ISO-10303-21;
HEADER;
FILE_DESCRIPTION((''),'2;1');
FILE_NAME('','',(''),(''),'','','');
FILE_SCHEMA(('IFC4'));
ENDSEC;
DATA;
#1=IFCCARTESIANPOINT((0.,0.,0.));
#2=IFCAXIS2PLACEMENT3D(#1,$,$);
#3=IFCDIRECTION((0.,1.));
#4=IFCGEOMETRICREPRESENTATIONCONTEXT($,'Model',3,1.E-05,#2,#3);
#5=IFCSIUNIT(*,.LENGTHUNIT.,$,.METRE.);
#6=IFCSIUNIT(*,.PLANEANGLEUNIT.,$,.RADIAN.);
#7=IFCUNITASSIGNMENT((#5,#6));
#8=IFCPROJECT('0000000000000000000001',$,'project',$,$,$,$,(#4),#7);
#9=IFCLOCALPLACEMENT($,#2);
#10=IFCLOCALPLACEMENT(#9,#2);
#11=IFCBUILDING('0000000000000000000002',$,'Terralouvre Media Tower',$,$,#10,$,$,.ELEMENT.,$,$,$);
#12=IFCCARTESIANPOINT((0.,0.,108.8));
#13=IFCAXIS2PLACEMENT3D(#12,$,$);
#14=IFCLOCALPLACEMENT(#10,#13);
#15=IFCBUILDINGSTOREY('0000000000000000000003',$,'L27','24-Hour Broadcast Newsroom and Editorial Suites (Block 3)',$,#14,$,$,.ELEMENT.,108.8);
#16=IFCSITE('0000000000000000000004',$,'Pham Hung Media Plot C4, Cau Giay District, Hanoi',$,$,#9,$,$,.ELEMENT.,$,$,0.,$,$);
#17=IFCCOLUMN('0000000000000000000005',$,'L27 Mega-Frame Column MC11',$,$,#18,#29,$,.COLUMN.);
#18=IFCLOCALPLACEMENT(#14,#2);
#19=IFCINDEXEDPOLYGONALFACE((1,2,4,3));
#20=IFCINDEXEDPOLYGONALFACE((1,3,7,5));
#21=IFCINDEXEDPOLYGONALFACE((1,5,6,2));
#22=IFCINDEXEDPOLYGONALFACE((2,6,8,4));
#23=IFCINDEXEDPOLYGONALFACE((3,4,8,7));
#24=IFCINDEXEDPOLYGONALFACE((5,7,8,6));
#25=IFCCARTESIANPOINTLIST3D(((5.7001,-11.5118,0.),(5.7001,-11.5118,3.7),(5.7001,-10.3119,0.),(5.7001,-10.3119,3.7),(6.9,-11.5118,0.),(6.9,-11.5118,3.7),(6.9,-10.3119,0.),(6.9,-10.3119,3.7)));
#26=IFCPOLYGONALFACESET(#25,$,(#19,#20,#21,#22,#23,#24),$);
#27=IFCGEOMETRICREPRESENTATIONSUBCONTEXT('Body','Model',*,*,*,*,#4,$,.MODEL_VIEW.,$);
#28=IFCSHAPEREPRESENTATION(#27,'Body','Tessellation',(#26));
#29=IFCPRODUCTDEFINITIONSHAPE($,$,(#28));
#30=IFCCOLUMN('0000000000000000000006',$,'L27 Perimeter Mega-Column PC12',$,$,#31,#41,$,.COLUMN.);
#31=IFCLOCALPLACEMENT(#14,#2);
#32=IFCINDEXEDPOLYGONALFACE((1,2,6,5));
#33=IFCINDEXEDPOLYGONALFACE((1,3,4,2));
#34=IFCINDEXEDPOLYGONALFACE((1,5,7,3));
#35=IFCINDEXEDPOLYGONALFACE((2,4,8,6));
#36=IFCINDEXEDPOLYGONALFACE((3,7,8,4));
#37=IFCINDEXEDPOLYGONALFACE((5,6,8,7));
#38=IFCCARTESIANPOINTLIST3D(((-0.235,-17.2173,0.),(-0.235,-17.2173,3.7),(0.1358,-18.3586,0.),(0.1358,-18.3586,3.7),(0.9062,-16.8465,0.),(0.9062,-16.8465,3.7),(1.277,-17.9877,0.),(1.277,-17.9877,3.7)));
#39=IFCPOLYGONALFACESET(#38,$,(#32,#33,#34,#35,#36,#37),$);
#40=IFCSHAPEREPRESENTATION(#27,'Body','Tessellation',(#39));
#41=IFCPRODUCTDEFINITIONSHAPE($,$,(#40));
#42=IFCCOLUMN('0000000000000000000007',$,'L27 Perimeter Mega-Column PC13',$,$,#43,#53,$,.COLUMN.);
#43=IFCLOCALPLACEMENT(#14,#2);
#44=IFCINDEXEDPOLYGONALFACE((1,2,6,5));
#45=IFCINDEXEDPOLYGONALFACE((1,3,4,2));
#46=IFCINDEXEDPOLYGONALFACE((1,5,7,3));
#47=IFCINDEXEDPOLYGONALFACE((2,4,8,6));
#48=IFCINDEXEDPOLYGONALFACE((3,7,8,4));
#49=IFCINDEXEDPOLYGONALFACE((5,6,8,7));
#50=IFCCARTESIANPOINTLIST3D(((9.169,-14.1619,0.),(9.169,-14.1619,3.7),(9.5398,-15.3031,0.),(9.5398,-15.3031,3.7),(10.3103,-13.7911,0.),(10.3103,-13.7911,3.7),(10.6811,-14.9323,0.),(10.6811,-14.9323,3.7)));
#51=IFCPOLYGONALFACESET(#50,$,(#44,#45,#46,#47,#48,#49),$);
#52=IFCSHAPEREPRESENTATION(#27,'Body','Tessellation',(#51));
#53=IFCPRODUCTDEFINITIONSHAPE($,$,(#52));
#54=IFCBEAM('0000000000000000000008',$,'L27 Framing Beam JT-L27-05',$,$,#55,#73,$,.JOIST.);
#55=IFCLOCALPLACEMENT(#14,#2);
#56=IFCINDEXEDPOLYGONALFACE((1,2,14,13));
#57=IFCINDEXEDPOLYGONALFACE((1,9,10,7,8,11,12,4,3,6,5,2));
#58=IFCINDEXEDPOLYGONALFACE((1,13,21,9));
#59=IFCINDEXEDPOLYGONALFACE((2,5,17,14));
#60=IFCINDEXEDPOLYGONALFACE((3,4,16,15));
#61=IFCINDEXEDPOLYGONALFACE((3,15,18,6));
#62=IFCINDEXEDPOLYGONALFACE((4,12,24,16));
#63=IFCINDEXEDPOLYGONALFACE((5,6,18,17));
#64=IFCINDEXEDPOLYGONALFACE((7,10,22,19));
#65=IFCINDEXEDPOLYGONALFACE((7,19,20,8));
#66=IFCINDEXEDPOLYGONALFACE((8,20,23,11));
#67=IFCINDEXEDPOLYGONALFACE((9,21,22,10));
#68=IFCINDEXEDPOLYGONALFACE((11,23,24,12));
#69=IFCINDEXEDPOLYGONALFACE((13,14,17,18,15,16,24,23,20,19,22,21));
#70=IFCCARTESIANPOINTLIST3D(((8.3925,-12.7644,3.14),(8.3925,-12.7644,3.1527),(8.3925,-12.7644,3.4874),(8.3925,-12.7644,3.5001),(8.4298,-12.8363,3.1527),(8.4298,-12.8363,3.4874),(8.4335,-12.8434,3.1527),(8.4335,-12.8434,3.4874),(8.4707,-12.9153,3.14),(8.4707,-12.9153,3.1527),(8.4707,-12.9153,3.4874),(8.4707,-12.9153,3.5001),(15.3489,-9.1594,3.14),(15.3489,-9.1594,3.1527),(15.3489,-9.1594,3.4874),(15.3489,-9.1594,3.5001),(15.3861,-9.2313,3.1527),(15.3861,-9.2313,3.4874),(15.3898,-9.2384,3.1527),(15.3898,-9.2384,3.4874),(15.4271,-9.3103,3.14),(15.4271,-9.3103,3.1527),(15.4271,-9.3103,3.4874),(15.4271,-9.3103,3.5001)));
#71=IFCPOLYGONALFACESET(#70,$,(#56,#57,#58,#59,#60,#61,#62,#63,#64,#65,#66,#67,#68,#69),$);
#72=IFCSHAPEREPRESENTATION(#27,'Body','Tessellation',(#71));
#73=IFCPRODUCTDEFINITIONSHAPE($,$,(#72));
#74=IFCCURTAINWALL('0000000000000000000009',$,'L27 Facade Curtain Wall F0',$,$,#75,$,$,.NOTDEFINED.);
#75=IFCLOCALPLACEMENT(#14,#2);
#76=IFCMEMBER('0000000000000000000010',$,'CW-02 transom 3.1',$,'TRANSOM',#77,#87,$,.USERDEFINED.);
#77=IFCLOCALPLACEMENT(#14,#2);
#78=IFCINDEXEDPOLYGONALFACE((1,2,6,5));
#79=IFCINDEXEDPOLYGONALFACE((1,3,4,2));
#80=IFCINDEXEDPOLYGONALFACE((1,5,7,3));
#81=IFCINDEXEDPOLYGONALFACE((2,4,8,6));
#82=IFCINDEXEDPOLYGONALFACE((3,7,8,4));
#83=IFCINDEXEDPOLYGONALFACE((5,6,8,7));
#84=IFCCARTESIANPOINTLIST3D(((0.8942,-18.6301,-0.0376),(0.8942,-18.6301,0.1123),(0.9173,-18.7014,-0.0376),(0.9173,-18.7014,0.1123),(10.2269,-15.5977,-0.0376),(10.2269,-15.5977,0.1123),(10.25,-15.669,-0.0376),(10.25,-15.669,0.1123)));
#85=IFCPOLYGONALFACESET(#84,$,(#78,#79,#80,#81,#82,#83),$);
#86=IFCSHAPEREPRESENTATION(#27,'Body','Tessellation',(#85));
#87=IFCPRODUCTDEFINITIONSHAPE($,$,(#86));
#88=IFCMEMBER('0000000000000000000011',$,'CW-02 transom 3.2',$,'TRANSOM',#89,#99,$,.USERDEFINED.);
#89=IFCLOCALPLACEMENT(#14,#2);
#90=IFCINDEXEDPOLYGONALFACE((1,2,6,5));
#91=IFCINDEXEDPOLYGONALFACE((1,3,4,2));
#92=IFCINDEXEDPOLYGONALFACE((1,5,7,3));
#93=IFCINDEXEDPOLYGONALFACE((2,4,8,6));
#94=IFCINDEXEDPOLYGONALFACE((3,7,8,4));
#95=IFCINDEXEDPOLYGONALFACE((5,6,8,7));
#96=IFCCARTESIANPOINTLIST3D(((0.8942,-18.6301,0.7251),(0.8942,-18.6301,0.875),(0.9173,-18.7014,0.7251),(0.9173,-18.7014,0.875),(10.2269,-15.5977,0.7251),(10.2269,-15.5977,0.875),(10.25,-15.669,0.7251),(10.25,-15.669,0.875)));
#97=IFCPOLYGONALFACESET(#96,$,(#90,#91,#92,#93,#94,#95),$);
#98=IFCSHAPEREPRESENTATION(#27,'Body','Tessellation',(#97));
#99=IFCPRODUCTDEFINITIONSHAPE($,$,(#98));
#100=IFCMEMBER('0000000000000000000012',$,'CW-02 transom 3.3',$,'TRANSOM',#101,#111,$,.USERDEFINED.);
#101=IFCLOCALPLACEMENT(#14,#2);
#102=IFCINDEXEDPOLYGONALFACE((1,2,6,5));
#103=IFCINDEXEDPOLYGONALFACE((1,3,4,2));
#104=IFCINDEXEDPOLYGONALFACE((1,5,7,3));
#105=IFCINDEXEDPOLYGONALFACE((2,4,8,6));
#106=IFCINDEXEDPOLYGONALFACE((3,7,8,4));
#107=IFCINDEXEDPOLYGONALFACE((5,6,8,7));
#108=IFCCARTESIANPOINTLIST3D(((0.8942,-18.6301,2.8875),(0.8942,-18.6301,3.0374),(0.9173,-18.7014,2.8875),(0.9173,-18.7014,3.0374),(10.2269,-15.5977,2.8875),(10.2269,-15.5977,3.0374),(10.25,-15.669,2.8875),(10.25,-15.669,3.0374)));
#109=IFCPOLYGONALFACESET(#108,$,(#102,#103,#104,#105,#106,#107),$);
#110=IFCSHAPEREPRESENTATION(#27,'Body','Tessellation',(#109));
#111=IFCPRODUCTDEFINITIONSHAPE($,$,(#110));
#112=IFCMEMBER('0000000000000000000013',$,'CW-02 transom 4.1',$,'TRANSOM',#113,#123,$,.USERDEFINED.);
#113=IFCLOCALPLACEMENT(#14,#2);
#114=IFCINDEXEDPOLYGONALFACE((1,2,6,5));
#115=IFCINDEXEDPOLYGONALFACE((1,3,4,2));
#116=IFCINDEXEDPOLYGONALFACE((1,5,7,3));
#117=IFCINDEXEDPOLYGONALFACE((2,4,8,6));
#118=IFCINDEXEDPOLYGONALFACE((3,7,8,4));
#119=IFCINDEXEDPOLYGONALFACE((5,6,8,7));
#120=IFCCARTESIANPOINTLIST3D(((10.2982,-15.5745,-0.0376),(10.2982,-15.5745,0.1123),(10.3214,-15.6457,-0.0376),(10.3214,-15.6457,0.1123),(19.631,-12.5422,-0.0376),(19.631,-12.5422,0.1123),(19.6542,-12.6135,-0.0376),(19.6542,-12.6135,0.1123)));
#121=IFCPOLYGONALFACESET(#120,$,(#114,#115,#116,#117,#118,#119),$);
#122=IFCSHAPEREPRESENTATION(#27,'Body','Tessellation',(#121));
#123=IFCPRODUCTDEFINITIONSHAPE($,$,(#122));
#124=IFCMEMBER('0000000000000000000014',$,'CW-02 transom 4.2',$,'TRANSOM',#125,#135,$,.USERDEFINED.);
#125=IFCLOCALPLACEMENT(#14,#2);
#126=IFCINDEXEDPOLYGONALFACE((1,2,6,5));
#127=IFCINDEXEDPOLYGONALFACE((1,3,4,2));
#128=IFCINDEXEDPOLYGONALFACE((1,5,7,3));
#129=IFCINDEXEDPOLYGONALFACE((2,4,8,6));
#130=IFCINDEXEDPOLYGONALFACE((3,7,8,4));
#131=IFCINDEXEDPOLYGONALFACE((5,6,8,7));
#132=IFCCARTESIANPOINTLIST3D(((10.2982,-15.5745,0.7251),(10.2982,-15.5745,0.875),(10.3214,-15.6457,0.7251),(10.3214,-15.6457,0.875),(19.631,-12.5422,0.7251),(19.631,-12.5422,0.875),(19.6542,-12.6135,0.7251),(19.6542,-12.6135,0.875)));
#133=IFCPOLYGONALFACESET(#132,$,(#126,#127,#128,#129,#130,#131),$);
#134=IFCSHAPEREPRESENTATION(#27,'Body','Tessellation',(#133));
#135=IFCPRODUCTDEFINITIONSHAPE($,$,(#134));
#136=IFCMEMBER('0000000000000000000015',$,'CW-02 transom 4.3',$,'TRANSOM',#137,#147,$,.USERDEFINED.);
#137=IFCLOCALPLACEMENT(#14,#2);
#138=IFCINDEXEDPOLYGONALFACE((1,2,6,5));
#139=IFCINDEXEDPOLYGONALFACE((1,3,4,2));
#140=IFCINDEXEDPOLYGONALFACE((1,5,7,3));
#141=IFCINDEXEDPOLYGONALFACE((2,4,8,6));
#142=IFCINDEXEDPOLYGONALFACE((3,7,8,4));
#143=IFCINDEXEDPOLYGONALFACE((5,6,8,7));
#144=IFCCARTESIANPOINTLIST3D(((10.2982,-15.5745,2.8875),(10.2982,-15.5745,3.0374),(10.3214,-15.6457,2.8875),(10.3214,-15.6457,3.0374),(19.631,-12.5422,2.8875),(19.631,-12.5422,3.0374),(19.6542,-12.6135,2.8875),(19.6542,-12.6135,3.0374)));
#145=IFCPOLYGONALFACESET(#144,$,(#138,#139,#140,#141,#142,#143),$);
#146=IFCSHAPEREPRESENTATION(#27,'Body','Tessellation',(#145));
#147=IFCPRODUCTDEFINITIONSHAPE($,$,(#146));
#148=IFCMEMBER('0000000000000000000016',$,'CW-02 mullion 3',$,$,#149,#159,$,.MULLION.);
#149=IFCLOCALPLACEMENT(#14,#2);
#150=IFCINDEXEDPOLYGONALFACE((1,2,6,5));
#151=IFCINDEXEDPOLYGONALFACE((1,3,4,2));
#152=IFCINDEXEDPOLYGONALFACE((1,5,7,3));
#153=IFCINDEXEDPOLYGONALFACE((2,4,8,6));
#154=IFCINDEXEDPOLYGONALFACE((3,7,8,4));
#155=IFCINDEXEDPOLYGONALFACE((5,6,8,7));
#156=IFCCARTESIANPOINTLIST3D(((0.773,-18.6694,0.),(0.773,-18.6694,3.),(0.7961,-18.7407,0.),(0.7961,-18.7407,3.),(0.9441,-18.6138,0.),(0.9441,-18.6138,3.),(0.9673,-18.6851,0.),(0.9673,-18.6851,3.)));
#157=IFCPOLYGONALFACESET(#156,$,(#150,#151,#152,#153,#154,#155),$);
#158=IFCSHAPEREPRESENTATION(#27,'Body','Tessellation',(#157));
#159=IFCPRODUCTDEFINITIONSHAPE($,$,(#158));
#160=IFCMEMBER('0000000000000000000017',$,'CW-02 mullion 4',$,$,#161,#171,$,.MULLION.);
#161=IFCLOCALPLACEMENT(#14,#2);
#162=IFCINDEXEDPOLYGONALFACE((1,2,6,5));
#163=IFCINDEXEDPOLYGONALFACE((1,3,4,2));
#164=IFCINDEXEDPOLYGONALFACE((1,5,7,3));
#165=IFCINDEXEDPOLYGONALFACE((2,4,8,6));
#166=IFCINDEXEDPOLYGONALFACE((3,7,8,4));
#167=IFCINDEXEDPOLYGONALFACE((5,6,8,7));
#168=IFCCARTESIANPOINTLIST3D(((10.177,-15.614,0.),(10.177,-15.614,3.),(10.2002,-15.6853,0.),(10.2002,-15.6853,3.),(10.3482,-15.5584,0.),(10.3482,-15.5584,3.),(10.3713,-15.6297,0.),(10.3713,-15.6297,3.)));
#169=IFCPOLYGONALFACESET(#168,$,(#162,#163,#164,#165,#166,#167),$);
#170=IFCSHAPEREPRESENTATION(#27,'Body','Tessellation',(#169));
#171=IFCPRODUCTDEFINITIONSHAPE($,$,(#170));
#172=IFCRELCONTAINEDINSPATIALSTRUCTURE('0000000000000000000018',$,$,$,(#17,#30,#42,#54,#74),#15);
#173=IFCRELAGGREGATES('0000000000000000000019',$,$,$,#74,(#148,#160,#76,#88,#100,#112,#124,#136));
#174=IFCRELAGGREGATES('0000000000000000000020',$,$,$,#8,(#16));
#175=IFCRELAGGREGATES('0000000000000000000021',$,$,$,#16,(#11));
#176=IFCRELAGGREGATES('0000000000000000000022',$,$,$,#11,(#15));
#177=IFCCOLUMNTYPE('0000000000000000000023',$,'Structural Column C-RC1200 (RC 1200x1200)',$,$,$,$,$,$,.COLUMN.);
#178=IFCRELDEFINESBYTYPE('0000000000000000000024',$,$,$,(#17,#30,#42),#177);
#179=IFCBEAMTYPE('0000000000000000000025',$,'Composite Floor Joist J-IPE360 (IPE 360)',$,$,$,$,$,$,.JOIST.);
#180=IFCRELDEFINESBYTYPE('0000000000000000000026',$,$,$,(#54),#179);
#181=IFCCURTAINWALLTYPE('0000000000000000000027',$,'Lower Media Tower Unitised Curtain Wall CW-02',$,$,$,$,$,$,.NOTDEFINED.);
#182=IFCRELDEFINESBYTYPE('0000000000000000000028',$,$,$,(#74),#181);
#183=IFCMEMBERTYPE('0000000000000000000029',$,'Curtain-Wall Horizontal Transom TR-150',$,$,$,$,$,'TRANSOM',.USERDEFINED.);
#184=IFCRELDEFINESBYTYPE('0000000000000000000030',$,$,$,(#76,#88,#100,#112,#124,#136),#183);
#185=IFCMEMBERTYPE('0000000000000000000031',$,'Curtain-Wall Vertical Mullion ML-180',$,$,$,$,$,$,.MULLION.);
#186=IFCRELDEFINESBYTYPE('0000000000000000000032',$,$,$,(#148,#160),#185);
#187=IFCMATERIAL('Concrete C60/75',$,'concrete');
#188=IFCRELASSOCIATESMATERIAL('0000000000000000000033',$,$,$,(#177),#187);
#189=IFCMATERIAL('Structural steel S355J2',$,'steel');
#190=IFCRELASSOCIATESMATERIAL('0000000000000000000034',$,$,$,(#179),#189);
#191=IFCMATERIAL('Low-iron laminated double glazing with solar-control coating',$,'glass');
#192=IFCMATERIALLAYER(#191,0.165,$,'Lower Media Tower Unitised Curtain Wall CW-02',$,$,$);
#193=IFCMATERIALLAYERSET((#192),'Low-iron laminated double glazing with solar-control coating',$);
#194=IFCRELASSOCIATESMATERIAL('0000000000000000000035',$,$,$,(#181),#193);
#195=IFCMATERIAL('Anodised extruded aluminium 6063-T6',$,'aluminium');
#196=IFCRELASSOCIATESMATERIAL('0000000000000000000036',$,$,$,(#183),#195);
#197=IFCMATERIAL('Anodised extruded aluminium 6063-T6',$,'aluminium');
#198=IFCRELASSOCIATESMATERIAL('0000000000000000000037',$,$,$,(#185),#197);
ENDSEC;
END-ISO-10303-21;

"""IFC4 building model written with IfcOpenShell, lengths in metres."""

from ifc_helpers import new_model, si_unit, direction, frame, origin, origin_2d, place, context, subcontext, project, spatial, rectangle, i_section, extrude, material, layer, layer_set, material_profile, profile_set, type_object, element, aggregate, save


model = new_model("IFC4")

# Units and contexts
model_context = context("Model", 3, precision=1e-05, world=origin(), true_north=direction((0.0, 1.0)))
body_context = subcontext(model_context, "Body", "Model", "MODEL_VIEW")
ifc_project = project(units=[si_unit("LENGTHUNIT", "METRE"), si_unit("PLANEANGLEUNIT", "RADIAN")], contexts=[model_context])

# Site, building, storey
site_placement = place(None, origin())
site = spatial("IfcSite", under=ifc_project, at=site_placement, Name="Pham Hung Media Plot C4, Cau Giay District, Hanoi", CompositionType="ELEMENT", RefElevation=0.0)
building_placement = place(site_placement, origin())
building = spatial("IfcBuilding", under=site, at=building_placement, Name="Terralouvre Media Tower", CompositionType="ELEMENT")
storey_placement = place(building_placement, frame((0.0, 0.0, 108.8)))
storey = spatial("IfcBuildingStorey", under=building, at=storey_placement, Name="L27", Description="24-Hour Broadcast Newsroom and Editorial Suites (Block 3)", CompositionType="ELEMENT", Elevation=108.8)

# Columns
ifc_material_1 = material(Name="Concrete C60/75", Category="concrete")
ifc_material_profile_1 = material_profile(ifc_material_1, rectangle(XDim=1.2, YDim=1.2, at=origin_2d()), Name="RC 1200x1200")
ifc_profile_set_1 = profile_set([ifc_material_profile_1], Name="Concrete C60/75")
column_type = type_object("IfcColumnType", Name="Structural Column C-RC1200 (RC 1200x1200)", PredefinedType="COLUMN", material=ifc_profile_set_1)
for number, where, z_axis, x_axis, name in (
    (1, (6.3, -10.9119, 0.0), (0.0, 0.0, 1.0), (1.0, 0.0, 0.0), "L27 Mega-Frame Column MC11"),
    (2, (0.521, -17.6025, 0.0), (0.0, 0.0, 1.0), (0.951057, 0.309017, 0.0), "L27 Perimeter Mega-Column PC12"),
    (3, (9.925, -14.5471, 0.0), (0.0, 0.0, 1.0), (0.951057, 0.309017, 0.0), "L27 Perimeter Mega-Column PC13"),
):
    element("IfcColumn", number, at=place(storey_placement, frame(where, z_axis=z_axis, x_axis=x_axis)), inside=storey, type_object=column_type, Name=name, PredefinedType="COLUMN", context=body_context, shape_type="SweptSolid", body=[
        extrude(rectangle(XDim=1.2, YDim=1.2, at=origin_2d()), origin(), (0.0, 0.0, 1.0), 3.7),
    ])

# Beam
ifc_material_2 = material(Name="Structural steel S355J2", Category="steel")
ifc_material_profile_2 = material_profile(ifc_material_2, i_section(OverallWidth=0.1699, OverallDepth=0.3601, WebThickness=0.0081, FlangeThickness=0.0127, at=origin_2d()), Name="IPE 360")
ifc_profile_set_2 = profile_set([ifc_material_profile_2], Name="Structural steel S355J2")
beam_type_1 = type_object("IfcBeamType", Name="Composite Floor Joist J-IPE360 (IPE 360)", PredefinedType="JOIST", material=ifc_profile_set_2)
beam_1_placement = place(storey_placement, frame((8.4316, -12.8398, 3.3201), z_axis=(0.887858, 0.460117, 0.0), x_axis=(-0.460117, 0.887858, 0.0)))
element("IfcBeam", 4, at=beam_1_placement, inside=storey, type_object=beam_type_1, Name="L27 Framing Beam JT-L27-05", PredefinedType="JOIST", context=body_context, shape_type="SweptSolid", body=[
    extrude(i_section(OverallWidth=0.1699, OverallDepth=0.3601, WebThickness=0.0081, FlangeThickness=0.0127, at=origin_2d()), origin(), (0.0, 0.0, 1.0), 7.835),
])

# Curtain wall, members
ifc_material_3 = material(Name="Low-iron laminated double glazing with solar-control coating", Category="glass")
ifc_layer_1 = layer(ifc_material_3, 0.165, Name="Lower Media Tower Unitised Curtain Wall CW-02")
ifc_layer_set_1 = layer_set([ifc_layer_1], Name="Low-iron laminated double glazing with solar-control coating")
curtain_wall_type = type_object("IfcCurtainWallType", Name="Lower Media Tower Unitised Curtain Wall CW-02", PredefinedType="NOTDEFINED", material=ifc_layer_set_1)
curtain_wall_placement = place(storey_placement, origin())
curtain_wall = element("IfcCurtainWall", 5, at=curtain_wall_placement, inside=storey, type_object=curtain_wall_type, Name="L27 Facade Curtain Wall F0", PredefinedType="NOTDEFINED")
ifc_material_4 = material(Name="Anodised extruded aluminium 6063-T6", Category="aluminium")
ifc_material_profile_3 = material_profile(ifc_material_4, rectangle(XDim=0.075, YDim=0.1499, at=origin_2d()), Name="ALU 75x150")
ifc_profile_set_3 = profile_set([ifc_material_profile_3], Name="Anodised extruded aluminium 6063-T6")
member_type_1 = type_object("IfcMemberType", Name="Curtain-Wall Horizontal Transom TR-150", ElementType="TRANSOM", PredefinedType="USERDEFINED", material=ifc_profile_set_3)
member_1_placement = place(storey_placement, frame((0.9058, -18.6658, 0.0374), z_axis=(0.951054, 0.309024, 0.0), x_axis=(-0.309024, 0.951054, 0.0)))
member_1 = element("IfcMember", 6, at=member_1_placement, type_object=member_type_1, Name="CW-02 transom 3.1", ObjectType="TRANSOM", PredefinedType="USERDEFINED", context=body_context, shape_type="SweptSolid", body=[
    extrude(rectangle(XDim=0.075, YDim=0.1499, at=origin_2d()), origin(), (0.0, 0.0, 1.0), 9.813),
])
member_2_placement = place(storey_placement, frame((0.9058, -18.6658, 0.8), z_axis=(0.951054, 0.309024, 0.0), x_axis=(-0.309024, 0.951054, 0.0)))
member_2 = element("IfcMember", 7, at=member_2_placement, type_object=member_type_1, Name="CW-02 transom 3.2", ObjectType="TRANSOM", PredefinedType="USERDEFINED", context=body_context, shape_type="SweptSolid", body=[
    extrude(rectangle(XDim=0.075, YDim=0.1499, at=origin_2d()), origin(), (0.0, 0.0, 1.0), 9.813),
])
member_3_placement = place(storey_placement, frame((0.9058, -18.6658, 2.9624), z_axis=(0.951054, 0.309024, 0.0), x_axis=(-0.309024, 0.951054, 0.0)))
member_3 = element("IfcMember", 8, at=member_3_placement, type_object=member_type_1, Name="CW-02 transom 3.3", ObjectType="TRANSOM", PredefinedType="USERDEFINED", context=body_context, shape_type="SweptSolid", body=[
    extrude(rectangle(XDim=0.075, YDim=0.1499, at=origin_2d()), origin(), (0.0, 0.0, 1.0), 9.813),
])
member_4_placement = place(storey_placement, frame((10.3098, -15.6101, 0.0374), z_axis=(0.951062, 0.309001, 0.0), x_axis=(-0.309001, 0.951062, 0.0)))
member_4 = element("IfcMember", 9, at=member_4_placement, type_object=member_type_1, Name="CW-02 transom 4.1", ObjectType="TRANSOM", PredefinedType="USERDEFINED", context=body_context, shape_type="SweptSolid", body=[
    extrude(rectangle(XDim=0.075, YDim=0.1499, at=origin_2d()), origin(), (0.0, 0.0, 1.0), 9.813),
])
member_5_placement = place(storey_placement, frame((10.3098, -15.6101, 0.8), z_axis=(0.951062, 0.309001, 0.0), x_axis=(-0.309001, 0.951062, 0.0)))
member_5 = element("IfcMember", 10, at=member_5_placement, type_object=member_type_1, Name="CW-02 transom 4.2", ObjectType="TRANSOM", PredefinedType="USERDEFINED", context=body_context, shape_type="SweptSolid", body=[
    extrude(rectangle(XDim=0.075, YDim=0.1499, at=origin_2d()), origin(), (0.0, 0.0, 1.0), 9.813),
])
member_6_placement = place(storey_placement, frame((10.3098, -15.6101, 2.9624), z_axis=(0.951062, 0.309001, 0.0), x_axis=(-0.309001, 0.951062, 0.0)))
member_6 = element("IfcMember", 11, at=member_6_placement, type_object=member_type_1, Name="CW-02 transom 4.3", ObjectType="TRANSOM", PredefinedType="USERDEFINED", context=body_context, shape_type="SweptSolid", body=[
    extrude(rectangle(XDim=0.075, YDim=0.1499, at=origin_2d()), origin(), (0.0, 0.0, 1.0), 9.813),
])
ifc_material_5 = material(Name="Anodised extruded aluminium 6063-T6", Category="aluminium")
ifc_material_profile_4 = material_profile(ifc_material_5, rectangle(XDim=0.075, YDim=0.1799, at=origin_2d()), Name="ALU 75x180")
ifc_profile_set_4 = profile_set([ifc_material_profile_4], Name="Anodised extruded aluminium 6063-T6")
member_type_2 = type_object("IfcMemberType", Name="Curtain-Wall Vertical Mullion ML-180", PredefinedType="MULLION", material=ifc_profile_set_4)
member_7_placement = place(storey_placement, frame((0.8701, -18.6772, 0.0), z_axis=(0.0, 0.0, 1.0), x_axis=(-0.309017, 0.951057, 0.0)))
member_7 = element("IfcMember", 12, at=member_7_placement, type_object=member_type_2, Name="CW-02 mullion 3", PredefinedType="MULLION", context=body_context, shape_type="SweptSolid", body=[
    extrude(rectangle(XDim=0.075, YDim=0.1799, at=origin_2d()), origin(), (0.0, 0.0, 1.0), 3.0),
])
member_8_placement = place(storey_placement, frame((10.2742, -15.6218, 0.0), z_axis=(0.0, 0.0, 1.0), x_axis=(-0.309017, 0.951057, 0.0)))
member_8 = element("IfcMember", 13, at=member_8_placement, type_object=member_type_2, Name="CW-02 mullion 4", PredefinedType="MULLION", context=body_context, shape_type="SweptSolid", body=[
    extrude(rectangle(XDim=0.075, YDim=0.1799, at=origin_2d()), origin(), (0.0, 0.0, 1.0), 3.0),
])

aggregate(curtain_wall, [member_7, member_8, member_1, member_2, member_3, member_4, member_5, member_6])

save(model, "model.ifc")
